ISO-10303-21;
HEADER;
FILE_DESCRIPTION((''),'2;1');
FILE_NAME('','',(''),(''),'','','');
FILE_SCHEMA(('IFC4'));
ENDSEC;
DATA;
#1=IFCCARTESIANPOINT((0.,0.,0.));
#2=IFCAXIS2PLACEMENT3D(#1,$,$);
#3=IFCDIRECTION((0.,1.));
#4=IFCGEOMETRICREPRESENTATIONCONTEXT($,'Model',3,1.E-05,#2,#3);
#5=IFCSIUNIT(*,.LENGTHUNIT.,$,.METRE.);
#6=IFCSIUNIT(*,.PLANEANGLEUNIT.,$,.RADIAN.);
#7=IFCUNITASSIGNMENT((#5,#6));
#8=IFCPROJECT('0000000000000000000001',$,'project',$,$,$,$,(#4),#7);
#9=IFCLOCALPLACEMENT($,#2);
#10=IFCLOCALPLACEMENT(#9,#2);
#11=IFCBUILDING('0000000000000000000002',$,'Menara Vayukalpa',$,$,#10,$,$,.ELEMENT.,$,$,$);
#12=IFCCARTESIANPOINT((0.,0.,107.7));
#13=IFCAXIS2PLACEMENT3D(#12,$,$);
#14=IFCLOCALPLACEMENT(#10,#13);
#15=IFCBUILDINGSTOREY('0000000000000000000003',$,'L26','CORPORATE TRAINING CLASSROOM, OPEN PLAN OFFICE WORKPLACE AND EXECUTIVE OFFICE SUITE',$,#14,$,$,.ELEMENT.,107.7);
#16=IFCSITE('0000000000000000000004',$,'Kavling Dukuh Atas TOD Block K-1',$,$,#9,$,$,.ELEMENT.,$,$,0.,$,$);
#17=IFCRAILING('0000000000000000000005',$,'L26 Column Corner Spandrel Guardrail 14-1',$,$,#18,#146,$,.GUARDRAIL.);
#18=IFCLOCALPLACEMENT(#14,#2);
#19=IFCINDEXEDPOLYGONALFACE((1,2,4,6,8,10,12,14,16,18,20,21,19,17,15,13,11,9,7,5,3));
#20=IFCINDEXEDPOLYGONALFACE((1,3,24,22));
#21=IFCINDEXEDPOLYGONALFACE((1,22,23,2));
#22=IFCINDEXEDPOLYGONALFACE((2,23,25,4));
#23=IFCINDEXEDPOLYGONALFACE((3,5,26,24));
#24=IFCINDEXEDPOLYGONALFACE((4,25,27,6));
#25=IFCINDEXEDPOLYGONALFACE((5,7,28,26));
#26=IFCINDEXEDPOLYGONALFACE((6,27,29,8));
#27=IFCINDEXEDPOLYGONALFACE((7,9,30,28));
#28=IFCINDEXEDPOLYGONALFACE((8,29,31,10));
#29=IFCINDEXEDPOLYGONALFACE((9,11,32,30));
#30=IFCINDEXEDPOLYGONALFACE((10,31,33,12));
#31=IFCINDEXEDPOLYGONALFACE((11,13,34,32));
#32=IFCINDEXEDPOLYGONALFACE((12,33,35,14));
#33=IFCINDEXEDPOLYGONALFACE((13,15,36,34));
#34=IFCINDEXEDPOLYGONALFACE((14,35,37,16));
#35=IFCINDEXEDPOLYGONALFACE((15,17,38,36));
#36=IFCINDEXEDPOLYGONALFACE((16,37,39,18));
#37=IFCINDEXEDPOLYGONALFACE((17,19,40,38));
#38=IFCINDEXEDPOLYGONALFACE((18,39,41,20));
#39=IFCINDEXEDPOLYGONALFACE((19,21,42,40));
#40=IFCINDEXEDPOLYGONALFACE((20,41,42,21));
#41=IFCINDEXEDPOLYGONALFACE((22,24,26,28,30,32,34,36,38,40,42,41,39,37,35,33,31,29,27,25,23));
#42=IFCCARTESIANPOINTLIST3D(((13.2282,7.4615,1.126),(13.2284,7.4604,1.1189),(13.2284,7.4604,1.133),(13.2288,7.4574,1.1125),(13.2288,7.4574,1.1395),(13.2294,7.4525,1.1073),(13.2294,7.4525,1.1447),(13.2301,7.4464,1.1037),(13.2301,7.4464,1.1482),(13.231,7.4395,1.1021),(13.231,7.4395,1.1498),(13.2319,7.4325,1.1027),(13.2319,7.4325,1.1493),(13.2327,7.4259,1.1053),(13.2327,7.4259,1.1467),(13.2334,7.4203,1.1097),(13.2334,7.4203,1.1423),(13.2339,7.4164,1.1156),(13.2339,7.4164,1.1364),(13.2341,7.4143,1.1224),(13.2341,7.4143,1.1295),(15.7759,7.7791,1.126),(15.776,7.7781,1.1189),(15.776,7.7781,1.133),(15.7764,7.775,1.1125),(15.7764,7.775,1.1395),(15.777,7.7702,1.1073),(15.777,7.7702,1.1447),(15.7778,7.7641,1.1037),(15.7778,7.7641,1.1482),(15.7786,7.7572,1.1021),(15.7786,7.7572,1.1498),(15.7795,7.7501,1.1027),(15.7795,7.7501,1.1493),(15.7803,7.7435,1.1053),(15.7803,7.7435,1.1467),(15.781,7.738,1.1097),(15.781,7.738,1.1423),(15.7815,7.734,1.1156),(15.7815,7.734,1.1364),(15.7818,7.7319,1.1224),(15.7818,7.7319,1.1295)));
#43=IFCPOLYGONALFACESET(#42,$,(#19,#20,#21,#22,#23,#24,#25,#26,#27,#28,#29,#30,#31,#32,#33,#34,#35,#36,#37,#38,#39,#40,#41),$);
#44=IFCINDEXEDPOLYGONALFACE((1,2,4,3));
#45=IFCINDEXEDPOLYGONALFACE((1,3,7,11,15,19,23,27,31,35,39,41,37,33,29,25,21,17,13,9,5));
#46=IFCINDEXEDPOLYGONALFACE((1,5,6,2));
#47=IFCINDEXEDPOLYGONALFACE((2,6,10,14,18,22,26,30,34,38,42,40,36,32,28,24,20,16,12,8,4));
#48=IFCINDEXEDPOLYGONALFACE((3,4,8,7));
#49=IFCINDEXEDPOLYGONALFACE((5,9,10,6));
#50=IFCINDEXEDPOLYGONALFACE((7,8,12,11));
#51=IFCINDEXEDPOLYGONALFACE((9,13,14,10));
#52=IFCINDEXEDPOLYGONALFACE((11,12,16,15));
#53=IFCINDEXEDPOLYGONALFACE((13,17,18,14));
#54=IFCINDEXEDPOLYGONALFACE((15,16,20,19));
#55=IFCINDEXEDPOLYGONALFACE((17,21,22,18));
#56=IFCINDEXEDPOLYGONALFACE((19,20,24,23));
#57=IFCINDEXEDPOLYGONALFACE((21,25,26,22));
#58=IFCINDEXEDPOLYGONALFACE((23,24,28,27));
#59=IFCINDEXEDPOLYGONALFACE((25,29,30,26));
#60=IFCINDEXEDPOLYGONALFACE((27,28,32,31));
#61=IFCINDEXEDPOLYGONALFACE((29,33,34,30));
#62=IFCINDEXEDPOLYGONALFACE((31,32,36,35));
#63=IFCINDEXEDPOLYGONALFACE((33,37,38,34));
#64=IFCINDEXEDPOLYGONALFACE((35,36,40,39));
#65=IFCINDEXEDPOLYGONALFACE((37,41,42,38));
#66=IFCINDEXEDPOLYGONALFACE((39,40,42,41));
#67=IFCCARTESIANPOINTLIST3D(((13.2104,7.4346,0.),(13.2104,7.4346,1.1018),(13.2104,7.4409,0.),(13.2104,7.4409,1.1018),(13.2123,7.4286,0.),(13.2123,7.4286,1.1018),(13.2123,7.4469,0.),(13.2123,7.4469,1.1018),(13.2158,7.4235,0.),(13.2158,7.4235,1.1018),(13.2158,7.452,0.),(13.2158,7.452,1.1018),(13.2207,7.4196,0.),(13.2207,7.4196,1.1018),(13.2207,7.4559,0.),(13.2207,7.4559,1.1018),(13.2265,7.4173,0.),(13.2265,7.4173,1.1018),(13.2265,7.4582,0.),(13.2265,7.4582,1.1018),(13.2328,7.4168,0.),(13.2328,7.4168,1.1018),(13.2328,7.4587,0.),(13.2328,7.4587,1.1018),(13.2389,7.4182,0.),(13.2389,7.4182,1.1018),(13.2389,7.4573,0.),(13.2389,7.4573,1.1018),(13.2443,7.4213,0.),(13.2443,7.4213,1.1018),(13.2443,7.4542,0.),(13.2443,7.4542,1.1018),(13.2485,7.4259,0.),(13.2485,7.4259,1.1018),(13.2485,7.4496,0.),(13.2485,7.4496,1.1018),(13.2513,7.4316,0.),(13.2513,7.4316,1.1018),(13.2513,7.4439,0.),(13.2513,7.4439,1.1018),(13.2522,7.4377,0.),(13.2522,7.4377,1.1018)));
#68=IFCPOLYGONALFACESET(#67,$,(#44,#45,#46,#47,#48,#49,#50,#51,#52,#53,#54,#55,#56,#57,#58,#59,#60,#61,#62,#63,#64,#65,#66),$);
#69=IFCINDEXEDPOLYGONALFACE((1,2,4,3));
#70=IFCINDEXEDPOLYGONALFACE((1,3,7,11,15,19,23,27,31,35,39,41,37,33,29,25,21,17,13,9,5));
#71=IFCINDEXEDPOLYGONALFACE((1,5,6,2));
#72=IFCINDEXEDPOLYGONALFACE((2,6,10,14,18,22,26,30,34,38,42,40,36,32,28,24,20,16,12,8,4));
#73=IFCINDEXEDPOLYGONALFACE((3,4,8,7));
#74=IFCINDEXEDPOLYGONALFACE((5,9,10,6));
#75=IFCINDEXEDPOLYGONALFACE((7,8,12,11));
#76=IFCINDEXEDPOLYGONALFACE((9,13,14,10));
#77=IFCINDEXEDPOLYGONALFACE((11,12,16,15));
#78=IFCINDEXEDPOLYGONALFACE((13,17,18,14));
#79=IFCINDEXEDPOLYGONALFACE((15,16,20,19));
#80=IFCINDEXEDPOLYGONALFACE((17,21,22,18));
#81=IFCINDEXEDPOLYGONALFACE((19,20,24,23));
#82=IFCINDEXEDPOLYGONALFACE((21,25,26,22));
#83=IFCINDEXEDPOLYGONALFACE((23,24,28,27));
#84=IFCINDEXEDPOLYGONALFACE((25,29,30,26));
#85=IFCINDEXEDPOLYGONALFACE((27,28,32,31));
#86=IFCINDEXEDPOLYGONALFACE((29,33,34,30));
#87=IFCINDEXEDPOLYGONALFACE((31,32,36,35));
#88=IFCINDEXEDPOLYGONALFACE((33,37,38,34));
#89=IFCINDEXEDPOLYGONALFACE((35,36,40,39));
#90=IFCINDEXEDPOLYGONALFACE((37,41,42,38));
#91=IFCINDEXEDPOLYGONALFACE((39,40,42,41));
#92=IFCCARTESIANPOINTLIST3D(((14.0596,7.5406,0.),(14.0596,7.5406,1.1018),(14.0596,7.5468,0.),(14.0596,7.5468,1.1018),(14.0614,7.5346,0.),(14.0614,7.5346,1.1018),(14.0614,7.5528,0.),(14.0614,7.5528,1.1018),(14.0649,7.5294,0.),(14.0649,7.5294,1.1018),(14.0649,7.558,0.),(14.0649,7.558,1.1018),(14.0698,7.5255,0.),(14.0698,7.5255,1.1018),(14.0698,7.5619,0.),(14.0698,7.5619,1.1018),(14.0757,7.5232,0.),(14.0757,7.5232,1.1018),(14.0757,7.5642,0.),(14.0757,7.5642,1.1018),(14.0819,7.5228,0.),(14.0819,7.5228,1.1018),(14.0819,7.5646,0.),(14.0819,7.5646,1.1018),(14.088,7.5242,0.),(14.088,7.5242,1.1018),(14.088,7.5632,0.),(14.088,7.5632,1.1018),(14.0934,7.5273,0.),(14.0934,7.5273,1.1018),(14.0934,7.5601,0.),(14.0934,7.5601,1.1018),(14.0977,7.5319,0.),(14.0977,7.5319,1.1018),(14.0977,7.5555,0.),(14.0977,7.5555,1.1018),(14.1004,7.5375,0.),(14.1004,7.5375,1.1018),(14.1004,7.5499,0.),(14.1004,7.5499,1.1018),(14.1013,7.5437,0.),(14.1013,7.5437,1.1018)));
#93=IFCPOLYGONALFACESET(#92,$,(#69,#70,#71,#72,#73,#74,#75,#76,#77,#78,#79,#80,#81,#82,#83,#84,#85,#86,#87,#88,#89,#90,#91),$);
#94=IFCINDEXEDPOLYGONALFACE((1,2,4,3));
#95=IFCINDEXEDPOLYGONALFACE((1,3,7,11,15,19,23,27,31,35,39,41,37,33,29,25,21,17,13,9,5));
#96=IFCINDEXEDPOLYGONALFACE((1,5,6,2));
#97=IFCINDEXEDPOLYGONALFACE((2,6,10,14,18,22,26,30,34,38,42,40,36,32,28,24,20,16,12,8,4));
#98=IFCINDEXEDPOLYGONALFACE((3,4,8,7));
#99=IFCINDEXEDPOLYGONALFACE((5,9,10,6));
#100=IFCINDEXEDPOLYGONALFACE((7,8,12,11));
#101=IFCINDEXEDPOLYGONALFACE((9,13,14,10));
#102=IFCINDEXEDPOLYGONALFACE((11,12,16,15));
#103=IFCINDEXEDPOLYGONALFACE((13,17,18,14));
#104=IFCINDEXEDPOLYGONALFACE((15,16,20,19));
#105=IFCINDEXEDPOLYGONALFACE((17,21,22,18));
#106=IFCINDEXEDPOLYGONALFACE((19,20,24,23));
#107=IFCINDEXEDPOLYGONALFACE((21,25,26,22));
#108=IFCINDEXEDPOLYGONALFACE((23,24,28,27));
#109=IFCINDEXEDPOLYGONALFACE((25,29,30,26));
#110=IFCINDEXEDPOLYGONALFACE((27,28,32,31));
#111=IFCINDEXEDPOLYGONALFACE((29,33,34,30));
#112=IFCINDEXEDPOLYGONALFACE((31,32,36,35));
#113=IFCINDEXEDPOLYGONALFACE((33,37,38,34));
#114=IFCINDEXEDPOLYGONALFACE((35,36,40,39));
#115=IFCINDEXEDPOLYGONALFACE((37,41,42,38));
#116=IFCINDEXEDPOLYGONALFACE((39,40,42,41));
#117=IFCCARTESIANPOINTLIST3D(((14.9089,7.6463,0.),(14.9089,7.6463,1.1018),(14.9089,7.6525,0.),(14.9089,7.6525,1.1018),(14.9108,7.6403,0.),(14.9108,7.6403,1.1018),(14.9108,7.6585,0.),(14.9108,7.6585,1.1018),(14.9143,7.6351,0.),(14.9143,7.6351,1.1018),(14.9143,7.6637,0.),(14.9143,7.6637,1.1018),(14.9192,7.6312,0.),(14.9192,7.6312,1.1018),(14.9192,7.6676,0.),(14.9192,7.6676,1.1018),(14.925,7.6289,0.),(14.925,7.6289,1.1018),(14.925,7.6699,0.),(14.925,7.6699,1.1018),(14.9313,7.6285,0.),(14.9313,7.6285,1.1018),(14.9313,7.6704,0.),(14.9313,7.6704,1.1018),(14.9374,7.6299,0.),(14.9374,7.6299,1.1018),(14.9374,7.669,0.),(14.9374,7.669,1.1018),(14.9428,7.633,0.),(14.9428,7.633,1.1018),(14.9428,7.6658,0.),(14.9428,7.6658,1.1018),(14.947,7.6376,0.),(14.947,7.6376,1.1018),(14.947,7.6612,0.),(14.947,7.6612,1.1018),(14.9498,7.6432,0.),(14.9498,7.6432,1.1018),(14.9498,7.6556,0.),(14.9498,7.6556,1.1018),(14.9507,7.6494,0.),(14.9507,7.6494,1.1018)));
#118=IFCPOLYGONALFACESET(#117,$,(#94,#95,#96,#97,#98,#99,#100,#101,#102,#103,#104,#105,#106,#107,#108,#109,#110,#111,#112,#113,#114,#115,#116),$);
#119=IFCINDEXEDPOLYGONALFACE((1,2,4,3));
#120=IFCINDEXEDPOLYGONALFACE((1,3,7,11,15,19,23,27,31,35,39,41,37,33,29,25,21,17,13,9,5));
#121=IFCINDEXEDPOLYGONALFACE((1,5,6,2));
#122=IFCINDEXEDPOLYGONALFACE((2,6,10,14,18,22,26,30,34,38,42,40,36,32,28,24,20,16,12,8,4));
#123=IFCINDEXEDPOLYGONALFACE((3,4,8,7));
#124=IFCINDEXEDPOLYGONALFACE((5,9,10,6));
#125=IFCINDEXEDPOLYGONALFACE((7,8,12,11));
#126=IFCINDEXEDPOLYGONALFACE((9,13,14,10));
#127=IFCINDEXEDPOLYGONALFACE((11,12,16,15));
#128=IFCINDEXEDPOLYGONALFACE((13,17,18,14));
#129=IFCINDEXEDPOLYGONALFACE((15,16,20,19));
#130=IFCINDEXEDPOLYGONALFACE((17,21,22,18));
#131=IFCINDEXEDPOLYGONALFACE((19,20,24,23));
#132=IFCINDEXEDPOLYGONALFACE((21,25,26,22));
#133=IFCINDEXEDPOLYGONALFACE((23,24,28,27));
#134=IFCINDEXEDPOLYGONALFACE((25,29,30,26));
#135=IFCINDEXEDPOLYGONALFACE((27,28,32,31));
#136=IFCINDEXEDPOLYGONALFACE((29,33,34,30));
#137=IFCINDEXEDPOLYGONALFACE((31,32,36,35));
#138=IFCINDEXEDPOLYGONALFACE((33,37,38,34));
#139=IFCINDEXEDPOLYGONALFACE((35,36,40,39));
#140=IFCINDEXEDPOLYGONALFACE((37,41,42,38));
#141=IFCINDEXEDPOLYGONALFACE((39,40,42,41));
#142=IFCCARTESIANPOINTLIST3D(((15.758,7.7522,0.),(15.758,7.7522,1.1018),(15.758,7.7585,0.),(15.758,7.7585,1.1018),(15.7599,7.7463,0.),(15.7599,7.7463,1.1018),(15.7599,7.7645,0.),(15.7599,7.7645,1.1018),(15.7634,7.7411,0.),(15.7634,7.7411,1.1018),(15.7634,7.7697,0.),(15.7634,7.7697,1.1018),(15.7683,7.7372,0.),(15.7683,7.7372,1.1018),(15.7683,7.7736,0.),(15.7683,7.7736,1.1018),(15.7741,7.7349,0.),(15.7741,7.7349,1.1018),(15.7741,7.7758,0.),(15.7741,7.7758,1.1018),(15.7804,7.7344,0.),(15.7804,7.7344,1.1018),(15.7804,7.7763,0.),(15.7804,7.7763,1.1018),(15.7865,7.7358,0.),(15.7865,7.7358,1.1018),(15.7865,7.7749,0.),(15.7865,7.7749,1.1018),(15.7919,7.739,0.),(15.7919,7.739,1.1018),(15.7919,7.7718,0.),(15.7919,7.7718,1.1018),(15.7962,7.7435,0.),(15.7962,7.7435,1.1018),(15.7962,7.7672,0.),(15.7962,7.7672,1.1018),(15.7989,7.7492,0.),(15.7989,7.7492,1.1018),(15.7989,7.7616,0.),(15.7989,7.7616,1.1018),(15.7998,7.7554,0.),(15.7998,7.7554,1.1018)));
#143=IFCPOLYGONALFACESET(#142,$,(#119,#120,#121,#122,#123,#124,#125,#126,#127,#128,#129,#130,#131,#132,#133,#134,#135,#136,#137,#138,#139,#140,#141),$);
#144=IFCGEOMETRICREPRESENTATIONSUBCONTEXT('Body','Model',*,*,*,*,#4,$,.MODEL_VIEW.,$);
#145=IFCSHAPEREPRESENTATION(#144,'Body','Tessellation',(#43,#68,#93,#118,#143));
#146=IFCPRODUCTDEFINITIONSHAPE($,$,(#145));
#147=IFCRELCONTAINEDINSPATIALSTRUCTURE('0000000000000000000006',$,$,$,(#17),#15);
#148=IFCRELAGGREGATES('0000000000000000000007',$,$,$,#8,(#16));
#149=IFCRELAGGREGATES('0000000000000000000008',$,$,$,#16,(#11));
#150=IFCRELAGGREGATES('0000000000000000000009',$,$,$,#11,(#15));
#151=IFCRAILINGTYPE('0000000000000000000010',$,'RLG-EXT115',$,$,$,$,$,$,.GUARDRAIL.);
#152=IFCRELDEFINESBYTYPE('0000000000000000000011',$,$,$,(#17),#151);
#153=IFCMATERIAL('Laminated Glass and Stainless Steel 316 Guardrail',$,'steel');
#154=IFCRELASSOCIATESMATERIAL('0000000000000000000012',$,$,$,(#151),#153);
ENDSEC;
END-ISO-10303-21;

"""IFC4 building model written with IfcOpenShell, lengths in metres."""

from ifc_helpers import new_model, si_unit, direction, frame, origin, origin_2d, place, context, subcontext, project, spatial, circle, extrude, material, type_object, element, save


model = new_model("IFC4")

# Units and contexts
model_context = context("Model", 3, precision=1e-05, world=origin(), true_north=direction((0.0, 1.0)))
body_context = subcontext(model_context, "Body", "Model", "MODEL_VIEW")
ifc_project = project(units=[si_unit("LENGTHUNIT", "METRE"), si_unit("PLANEANGLEUNIT", "RADIAN")], contexts=[model_context])

# Site, building, storey
site_placement = place(None, origin())
site = spatial("IfcSite", under=ifc_project, at=site_placement, Name="Kavling Dukuh Atas TOD Block K-1", CompositionType="ELEMENT", RefElevation=0.0)
building_placement = place(site_placement, origin())
building = spatial("IfcBuilding", under=site, at=building_placement, Name="Menara Vayukalpa", CompositionType="ELEMENT")
storey_placement = place(building_placement, frame((0.0, 0.0, 107.7)))
storey = spatial("IfcBuildingStorey", under=building, at=storey_placement, Name="L26", Description="CORPORATE TRAINING CLASSROOM, OPEN PLAN OFFICE WORKPLACE AND EXECUTIVE OFFICE SUITE", CompositionType="ELEMENT", Elevation=107.7)

# Railing
ifc_material_1 = material(Name="Laminated Glass and Stainless Steel 316 Guardrail", Category="steel")
railing_type = type_object("IfcRailingType", Name="RLG-EXT115", PredefinedType="GUARDRAIL", material=ifc_material_1)
railing_placement = place(storey_placement, frame((13.2312, 7.4377, 0.0)))
element("IfcRailing", 1, at=railing_placement, inside=storey, type_object=railing_type, Name="L26 Column Corner Spandrel Guardrail 14-1", PredefinedType="GUARDRAIL", context=body_context, shape_type="SweptSolid", body=[
    extrude(circle(Radius=0.0239, at=origin_2d()), frame((0.0, 0.0, 1.126), z_axis=(0.992317, 0.123719, 0.0), x_axis=(-0.123719, 0.992317, 0.0)), (0.0, 0.0, 1.0), 2.5674),
    extrude(circle(Radius=0.021, at=origin_2d()), origin(), (0.0, 0.0, 1.0), 1.1018),
    extrude(circle(Radius=0.021, at=origin_2d()), frame((0.8491, 0.106, 0.0)), (0.0, 0.0, 1.0), 1.1018),
    extrude(circle(Radius=0.021, at=origin_2d()), frame((1.6985, 0.2117, 0.0)), (0.0, 0.0, 1.0), 1.1018),
    extrude(circle(Radius=0.021, at=origin_2d()), frame((2.5476, 0.3176, 0.0)), (0.0, 0.0, 1.0), 1.1018),
])

save(model, "model.ifc")
